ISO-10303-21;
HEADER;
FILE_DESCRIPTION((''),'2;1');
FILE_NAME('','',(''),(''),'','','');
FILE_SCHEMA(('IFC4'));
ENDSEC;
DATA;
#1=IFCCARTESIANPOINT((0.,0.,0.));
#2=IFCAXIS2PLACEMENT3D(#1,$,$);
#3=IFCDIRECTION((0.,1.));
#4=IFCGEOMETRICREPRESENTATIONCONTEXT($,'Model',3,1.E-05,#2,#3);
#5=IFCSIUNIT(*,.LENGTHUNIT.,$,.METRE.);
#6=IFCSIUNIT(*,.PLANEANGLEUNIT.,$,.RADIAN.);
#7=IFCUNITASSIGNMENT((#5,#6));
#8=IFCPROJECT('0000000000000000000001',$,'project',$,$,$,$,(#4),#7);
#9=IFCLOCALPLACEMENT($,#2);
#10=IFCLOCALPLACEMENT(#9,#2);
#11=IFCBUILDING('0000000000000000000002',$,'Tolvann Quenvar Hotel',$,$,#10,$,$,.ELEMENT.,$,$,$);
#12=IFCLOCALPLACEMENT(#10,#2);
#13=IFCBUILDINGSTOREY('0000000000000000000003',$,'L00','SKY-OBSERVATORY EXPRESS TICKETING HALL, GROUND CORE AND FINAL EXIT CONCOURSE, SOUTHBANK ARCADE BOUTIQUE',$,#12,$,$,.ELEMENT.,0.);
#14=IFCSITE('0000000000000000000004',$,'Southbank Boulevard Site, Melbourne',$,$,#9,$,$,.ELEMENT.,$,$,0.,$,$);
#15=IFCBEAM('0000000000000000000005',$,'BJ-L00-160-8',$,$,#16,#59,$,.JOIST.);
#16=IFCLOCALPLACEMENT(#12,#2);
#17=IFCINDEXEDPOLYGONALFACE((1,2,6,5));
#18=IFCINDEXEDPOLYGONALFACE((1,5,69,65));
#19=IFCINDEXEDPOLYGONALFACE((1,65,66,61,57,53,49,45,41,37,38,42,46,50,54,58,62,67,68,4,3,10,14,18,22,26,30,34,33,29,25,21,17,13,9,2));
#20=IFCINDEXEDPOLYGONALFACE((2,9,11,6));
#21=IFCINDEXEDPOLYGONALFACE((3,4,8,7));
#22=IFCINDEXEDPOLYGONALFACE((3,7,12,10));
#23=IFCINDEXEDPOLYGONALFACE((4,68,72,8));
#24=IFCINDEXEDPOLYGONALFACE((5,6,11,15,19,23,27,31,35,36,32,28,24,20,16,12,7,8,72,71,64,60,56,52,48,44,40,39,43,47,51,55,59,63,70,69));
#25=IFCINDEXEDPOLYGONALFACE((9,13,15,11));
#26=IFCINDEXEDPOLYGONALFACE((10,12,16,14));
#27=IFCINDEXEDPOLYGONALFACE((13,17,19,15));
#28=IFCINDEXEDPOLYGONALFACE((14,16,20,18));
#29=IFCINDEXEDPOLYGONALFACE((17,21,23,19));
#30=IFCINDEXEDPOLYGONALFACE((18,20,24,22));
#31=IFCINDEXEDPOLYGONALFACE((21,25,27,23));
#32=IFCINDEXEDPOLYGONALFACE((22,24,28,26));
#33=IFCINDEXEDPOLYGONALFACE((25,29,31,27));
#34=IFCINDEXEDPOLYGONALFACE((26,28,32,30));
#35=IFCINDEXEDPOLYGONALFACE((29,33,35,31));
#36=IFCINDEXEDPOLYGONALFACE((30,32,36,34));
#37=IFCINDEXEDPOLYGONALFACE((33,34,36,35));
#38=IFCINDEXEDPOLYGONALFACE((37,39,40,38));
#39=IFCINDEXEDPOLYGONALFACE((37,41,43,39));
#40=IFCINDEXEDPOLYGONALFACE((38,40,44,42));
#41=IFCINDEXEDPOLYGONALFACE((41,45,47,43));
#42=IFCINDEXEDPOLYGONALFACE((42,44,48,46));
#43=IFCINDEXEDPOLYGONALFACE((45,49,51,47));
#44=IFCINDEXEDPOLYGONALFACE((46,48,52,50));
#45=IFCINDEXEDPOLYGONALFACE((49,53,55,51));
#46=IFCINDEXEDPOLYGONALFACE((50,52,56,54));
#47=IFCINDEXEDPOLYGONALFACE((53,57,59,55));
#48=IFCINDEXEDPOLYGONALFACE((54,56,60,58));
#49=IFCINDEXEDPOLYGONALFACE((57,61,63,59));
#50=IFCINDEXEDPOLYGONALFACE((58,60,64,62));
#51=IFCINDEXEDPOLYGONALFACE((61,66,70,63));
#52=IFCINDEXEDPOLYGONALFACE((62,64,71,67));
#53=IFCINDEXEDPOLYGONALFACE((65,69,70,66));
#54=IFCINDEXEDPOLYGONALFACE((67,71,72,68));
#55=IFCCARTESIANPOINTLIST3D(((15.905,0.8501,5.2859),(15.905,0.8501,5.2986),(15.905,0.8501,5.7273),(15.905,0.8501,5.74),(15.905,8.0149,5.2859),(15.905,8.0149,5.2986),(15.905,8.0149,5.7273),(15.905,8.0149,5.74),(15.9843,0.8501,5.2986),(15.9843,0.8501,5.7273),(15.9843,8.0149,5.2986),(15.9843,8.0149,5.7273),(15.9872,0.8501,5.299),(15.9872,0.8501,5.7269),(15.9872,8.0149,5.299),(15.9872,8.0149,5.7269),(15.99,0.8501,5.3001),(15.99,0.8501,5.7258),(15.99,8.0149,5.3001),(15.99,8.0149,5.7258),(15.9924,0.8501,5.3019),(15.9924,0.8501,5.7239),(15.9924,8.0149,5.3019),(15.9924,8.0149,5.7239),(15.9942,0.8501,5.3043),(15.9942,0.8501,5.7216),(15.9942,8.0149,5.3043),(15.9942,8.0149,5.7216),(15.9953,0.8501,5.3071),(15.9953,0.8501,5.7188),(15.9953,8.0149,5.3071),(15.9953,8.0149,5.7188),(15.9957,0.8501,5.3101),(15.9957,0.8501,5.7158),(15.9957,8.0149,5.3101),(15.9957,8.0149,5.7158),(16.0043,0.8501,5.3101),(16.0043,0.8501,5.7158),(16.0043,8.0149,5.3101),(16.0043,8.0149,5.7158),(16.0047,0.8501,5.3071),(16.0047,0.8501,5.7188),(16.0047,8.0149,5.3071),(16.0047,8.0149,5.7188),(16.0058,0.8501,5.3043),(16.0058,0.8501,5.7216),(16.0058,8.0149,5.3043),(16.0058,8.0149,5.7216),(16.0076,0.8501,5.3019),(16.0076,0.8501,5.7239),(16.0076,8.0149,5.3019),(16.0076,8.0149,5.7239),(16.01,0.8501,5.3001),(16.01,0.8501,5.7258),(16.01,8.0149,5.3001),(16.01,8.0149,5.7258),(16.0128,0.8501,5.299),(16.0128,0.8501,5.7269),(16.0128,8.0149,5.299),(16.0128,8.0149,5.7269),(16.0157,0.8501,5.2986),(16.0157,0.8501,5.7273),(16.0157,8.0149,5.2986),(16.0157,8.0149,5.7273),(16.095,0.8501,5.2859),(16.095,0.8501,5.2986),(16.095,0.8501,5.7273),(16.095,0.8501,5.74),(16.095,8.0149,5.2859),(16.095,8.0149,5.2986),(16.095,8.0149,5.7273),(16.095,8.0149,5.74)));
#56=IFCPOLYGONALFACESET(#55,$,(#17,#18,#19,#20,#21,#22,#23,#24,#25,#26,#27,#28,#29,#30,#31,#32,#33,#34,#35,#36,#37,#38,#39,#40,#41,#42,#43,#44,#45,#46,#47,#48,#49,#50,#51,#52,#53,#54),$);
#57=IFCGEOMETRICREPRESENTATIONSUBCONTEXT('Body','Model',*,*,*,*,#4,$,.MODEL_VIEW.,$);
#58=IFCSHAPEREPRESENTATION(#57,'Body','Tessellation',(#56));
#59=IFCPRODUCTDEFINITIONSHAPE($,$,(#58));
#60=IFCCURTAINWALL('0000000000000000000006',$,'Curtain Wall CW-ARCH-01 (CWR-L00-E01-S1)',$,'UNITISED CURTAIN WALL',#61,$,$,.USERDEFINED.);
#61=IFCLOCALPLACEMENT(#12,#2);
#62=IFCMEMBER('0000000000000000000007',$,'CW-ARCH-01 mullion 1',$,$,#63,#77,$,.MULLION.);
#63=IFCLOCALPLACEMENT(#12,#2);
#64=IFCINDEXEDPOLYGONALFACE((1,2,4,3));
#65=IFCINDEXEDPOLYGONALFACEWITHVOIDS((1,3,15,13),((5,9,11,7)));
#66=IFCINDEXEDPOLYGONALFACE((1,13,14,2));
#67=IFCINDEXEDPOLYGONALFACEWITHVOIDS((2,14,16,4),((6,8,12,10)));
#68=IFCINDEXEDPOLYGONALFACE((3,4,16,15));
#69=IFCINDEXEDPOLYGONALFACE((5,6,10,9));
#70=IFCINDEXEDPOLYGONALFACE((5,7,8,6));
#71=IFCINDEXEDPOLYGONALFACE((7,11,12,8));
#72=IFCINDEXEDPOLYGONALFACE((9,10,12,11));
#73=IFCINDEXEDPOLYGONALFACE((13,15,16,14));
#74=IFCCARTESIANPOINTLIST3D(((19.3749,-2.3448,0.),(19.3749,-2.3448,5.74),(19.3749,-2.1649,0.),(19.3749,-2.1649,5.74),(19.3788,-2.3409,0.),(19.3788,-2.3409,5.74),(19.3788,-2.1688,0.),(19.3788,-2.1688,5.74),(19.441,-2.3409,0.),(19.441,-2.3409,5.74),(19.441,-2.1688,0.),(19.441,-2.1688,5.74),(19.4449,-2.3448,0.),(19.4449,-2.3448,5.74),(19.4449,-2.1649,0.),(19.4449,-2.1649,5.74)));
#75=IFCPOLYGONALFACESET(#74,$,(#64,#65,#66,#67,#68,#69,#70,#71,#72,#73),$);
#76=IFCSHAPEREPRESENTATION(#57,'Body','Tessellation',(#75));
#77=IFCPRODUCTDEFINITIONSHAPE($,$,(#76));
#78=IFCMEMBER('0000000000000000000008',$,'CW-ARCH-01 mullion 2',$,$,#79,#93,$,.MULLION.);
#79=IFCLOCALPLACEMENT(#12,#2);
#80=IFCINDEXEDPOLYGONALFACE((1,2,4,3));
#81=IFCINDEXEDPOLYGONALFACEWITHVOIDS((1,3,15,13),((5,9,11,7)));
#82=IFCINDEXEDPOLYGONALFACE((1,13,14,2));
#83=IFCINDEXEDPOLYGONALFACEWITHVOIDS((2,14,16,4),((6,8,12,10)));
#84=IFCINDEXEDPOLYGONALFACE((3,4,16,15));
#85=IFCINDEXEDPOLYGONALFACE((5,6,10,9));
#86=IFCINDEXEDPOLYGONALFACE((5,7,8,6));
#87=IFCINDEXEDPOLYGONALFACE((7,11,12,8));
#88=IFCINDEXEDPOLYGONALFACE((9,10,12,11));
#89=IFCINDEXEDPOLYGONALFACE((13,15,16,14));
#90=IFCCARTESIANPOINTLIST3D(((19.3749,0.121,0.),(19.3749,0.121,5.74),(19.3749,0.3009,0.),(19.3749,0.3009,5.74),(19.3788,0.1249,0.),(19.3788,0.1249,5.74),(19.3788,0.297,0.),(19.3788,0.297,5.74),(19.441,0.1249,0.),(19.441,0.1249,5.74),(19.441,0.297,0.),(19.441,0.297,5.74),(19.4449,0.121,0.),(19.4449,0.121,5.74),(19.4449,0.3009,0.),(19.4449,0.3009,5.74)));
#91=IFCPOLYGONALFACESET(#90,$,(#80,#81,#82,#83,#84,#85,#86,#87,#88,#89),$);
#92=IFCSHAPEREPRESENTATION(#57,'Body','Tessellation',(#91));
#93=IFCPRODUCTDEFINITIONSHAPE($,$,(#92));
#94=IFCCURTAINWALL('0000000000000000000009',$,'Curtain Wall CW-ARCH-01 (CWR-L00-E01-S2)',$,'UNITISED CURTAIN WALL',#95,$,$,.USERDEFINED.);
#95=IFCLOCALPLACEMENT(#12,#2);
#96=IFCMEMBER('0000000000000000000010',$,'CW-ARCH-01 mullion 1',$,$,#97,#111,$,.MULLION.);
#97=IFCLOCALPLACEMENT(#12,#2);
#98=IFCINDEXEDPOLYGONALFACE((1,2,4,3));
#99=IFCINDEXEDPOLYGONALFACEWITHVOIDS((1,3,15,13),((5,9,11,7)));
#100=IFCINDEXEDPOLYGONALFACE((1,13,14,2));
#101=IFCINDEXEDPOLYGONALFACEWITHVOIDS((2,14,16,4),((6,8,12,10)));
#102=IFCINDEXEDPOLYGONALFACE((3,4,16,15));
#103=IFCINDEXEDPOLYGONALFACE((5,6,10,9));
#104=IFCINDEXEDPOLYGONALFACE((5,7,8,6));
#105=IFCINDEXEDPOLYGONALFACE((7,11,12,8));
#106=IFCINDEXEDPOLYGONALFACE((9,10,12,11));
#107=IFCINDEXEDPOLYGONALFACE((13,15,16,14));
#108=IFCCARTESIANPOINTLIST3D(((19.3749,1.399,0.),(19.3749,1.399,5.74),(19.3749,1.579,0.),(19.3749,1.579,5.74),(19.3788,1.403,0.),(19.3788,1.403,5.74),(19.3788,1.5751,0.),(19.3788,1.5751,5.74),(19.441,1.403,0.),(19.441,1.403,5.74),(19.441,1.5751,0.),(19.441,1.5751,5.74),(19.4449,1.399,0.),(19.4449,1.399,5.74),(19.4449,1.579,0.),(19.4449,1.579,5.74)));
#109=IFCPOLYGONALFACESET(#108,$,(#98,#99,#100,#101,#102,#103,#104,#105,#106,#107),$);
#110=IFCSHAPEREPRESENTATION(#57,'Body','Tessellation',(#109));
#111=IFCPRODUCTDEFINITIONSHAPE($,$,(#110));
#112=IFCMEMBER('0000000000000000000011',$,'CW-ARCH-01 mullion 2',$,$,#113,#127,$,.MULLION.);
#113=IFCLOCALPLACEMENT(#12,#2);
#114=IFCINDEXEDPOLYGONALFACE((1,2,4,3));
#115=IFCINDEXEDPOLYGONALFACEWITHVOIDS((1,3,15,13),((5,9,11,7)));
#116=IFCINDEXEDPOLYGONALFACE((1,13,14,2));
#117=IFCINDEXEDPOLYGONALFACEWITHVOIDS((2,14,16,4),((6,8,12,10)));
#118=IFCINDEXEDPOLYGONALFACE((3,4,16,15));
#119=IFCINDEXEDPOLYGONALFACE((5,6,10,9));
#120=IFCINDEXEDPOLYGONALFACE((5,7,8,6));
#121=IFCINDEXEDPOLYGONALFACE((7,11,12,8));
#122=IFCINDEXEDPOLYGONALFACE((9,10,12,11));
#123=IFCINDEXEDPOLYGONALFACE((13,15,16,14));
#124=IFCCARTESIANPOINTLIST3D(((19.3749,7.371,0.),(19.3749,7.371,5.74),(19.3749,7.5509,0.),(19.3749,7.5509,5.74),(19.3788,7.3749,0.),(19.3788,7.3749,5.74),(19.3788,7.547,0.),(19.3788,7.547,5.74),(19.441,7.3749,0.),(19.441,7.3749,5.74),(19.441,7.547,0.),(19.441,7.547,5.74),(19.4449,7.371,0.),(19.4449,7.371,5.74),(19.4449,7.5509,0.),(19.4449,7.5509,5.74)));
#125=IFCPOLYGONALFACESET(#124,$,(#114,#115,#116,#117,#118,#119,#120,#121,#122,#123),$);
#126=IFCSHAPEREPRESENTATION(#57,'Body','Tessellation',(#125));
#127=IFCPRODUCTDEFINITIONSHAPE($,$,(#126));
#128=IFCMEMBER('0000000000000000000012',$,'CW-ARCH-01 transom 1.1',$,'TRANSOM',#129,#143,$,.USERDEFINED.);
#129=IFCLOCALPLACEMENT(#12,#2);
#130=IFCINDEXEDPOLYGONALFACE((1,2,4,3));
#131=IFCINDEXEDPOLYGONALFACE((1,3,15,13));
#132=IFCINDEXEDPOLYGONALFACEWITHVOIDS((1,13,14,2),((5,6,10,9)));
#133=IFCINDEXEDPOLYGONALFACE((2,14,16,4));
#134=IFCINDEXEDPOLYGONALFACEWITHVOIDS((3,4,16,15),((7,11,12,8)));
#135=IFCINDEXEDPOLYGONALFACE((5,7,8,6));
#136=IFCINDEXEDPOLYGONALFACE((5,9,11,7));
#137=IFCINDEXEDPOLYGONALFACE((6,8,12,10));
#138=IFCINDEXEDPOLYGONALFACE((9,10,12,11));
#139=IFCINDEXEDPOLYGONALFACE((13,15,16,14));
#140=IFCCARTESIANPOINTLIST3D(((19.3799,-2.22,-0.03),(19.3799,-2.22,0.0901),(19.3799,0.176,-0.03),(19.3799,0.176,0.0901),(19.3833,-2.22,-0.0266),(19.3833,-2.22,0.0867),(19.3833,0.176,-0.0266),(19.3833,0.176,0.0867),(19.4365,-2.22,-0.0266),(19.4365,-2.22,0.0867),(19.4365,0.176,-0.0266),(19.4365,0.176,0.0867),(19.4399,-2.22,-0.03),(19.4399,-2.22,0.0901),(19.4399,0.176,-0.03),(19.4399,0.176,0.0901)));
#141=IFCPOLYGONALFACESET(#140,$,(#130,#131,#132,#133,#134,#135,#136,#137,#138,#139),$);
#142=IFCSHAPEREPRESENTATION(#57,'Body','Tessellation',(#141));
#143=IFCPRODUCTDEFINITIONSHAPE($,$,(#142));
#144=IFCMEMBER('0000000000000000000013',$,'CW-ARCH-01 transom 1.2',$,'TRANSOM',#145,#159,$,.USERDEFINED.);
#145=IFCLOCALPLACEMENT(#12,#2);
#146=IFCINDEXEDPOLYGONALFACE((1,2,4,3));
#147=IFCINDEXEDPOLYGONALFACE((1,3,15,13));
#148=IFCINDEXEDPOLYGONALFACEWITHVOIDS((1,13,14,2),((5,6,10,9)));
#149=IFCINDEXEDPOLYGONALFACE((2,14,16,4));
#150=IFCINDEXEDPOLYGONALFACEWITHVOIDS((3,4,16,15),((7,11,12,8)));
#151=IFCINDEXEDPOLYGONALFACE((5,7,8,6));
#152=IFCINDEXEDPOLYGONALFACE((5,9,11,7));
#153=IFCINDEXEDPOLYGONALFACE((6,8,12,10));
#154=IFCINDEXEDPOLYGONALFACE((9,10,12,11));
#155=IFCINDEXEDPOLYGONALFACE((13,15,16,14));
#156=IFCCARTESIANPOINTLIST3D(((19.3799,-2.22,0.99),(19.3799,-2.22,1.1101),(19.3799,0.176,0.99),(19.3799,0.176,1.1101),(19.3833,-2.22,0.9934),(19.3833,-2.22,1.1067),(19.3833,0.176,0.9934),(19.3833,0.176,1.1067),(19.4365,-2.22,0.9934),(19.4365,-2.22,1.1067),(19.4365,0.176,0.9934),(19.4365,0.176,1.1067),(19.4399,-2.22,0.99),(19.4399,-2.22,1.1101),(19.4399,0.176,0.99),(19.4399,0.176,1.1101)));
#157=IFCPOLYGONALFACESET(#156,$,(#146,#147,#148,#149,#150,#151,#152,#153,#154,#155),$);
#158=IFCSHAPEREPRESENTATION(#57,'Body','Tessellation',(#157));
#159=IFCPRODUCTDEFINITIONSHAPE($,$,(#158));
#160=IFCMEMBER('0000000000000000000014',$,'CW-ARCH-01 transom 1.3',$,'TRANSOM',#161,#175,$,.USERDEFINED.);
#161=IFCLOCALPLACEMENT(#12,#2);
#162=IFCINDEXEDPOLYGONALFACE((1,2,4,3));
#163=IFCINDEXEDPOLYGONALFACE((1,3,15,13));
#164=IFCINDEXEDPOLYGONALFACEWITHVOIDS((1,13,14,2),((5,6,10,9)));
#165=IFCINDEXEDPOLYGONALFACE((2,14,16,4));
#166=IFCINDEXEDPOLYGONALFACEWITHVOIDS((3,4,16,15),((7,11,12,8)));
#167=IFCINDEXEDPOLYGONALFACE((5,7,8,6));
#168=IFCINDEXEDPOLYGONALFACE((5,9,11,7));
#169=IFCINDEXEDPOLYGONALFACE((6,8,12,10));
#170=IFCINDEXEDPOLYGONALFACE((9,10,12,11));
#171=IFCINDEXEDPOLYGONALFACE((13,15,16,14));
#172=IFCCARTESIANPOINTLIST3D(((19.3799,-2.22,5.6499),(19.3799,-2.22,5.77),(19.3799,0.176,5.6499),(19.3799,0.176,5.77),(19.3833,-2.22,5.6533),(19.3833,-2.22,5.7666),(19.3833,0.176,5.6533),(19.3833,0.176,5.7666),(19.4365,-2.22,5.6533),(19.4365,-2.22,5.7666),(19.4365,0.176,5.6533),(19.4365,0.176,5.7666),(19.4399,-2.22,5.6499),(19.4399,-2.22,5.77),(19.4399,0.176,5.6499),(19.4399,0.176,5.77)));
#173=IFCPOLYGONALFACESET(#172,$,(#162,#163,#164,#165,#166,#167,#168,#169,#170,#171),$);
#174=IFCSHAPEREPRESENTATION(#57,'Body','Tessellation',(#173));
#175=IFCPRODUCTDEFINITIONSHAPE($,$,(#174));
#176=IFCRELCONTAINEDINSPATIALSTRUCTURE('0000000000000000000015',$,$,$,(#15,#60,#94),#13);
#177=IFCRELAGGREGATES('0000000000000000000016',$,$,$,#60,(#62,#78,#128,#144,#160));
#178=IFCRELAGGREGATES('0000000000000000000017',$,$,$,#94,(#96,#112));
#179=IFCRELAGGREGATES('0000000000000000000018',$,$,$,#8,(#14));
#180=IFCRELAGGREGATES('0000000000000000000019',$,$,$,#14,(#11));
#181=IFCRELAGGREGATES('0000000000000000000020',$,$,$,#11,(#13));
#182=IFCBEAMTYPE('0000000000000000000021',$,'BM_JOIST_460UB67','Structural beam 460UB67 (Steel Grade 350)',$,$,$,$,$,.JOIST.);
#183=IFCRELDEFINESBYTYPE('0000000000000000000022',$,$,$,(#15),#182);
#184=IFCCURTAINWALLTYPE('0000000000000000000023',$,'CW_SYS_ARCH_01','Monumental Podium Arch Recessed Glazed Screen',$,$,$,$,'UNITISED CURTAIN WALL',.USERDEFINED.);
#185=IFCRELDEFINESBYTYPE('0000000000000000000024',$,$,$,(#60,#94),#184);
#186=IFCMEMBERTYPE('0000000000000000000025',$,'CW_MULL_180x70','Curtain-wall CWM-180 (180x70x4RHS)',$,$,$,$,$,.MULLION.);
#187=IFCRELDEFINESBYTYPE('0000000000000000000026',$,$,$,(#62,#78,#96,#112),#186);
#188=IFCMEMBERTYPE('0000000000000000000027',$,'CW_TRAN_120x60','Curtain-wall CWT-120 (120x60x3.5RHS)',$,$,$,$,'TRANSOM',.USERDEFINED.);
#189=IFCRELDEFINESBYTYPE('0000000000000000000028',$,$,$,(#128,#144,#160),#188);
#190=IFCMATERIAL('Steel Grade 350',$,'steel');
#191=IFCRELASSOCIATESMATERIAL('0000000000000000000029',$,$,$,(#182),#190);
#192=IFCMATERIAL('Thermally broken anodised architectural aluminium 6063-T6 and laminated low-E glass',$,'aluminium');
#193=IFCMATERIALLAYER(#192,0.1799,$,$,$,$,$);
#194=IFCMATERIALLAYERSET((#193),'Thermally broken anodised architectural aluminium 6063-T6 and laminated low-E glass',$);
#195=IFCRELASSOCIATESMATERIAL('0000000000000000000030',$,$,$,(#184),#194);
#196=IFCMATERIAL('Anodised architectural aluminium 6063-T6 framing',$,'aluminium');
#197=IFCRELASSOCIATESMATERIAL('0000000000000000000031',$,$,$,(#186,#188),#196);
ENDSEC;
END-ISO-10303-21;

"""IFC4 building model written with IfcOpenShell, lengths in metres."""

from ifc_helpers import new_model, si_unit, direction, frame, origin, origin_2d, place, context, subcontext, project, spatial, hollow_rectangle, i_section, extrude, source, transform, mapped, material, layer, layer_set, material_profile, profile_set, type_object, type_shapes, element, aggregate, save


model = new_model("IFC4")

# Units and contexts
model_context = context("Model", 3, precision=1e-05, world=origin(), true_north=direction((0.0, 1.0)))
body_context = subcontext(model_context, "Body", "Model", "MODEL_VIEW")
ifc_project = project(units=[si_unit("LENGTHUNIT", "METRE"), si_unit("PLANEANGLEUNIT", "RADIAN")], contexts=[model_context])

# Site, building, storey
site_placement = place(None, origin())
site = spatial("IfcSite", under=ifc_project, at=site_placement, Name="Southbank Boulevard Site, Melbourne", CompositionType="ELEMENT", RefElevation=0.0)
building_placement = place(site_placement, origin())
building = spatial("IfcBuilding", under=site, at=building_placement, Name="Tolvann Quenvar Hotel", CompositionType="ELEMENT")
storey_placement = place(building_placement, origin())
storey = spatial("IfcBuildingStorey", under=building, at=storey_placement, Name="L00", Description="SKY-OBSERVATORY EXPRESS TICKETING HALL, GROUND CORE AND FINAL EXIT CONCOURSE, SOUTHBANK ARCADE BOUTIQUE", CompositionType="ELEMENT", Elevation=0.0)

# Beam
ifc_material_1 = material(Name="Steel Grade 350", Category="steel")
ifc_material_profile_1 = material_profile(ifc_material_1, i_section(OverallWidth=0.1899, OverallDepth=0.4541, WebThickness=0.0085, FlangeThickness=0.0127, FilletRadius=0.0115, at=origin_2d()), Name="460UB67")
ifc_profile_set_1 = profile_set([ifc_material_profile_1], Name="Steel Grade 350")
beam_type_1 = type_object("IfcBeamType", Name="BM_JOIST_460UB67", Description="Structural beam 460UB67 (Steel Grade 350)", PredefinedType="JOIST", material=ifc_profile_set_1)
shared_shape_1 = source(origin(), body_context, "Body", "SweptSolid", [
    extrude(i_section(OverallWidth=0.1899, OverallDepth=0.4541, WebThickness=0.0085, FlangeThickness=0.0127, FilletRadius=0.0115, at=origin_2d()), origin(), (0.0, 0.0, 1.0), 7.1648),
])
type_shapes(beam_type_1, [shared_shape_1])
for number, where, z_axis, x_axis, name in (
    (1, (16.0, 0.8501, 5.5129), (0.0, 1.0, 0.0), (-1.0, 0.0, 0.0), "BJ-L00-160-8"),
):
    element("IfcBeam", number, at=place(storey_placement, frame(where, z_axis=z_axis, x_axis=x_axis)), inside=storey, type_object=beam_type_1, Name=name, PredefinedType="JOIST", context=body_context, shape_type="MappedRepresentation", body=[
        mapped(shared_shape_1, transform((0.0, 0.0, 0.0), x_axis=(1.0, 0.0, 0.0), y_axis=(0.0, 1.0, 0.0), z_axis=(0.0, 0.0, 1.0), scale=1.0)),
    ])

# Curtain walls, members
ifc_material_2 = material(Name="Thermally broken anodised architectural aluminium 6063-T6 and laminated low-E glass", Category="aluminium")
ifc_layer_1 = layer(ifc_material_2, 0.1799)
ifc_layer_set_1 = layer_set([ifc_layer_1], Name="Thermally broken anodised architectural aluminium 6063-T6 and laminated low-E glass")
curtain_wall_type = type_object("IfcCurtainWallType", Name="CW_SYS_ARCH_01", Description="Monumental Podium Arch Recessed Glazed Screen", ElementType="UNITISED CURTAIN WALL", PredefinedType="USERDEFINED", material=ifc_layer_set_1)
curtain_wall_1_placement = place(storey_placement, origin())
curtain_wall_1 = element("IfcCurtainWall", 2, at=curtain_wall_1_placement, inside=storey, type_object=curtain_wall_type, Name="Curtain Wall CW-ARCH-01 (CWR-L00-E01-S1)", ObjectType="UNITISED CURTAIN WALL", PredefinedType="USERDEFINED")
ifc_material_3 = material(Name="Anodised architectural aluminium 6063-T6 framing", Category="aluminium")
ifc_material_profile_2 = material_profile(ifc_material_3, hollow_rectangle(XDim=0.0701, YDim=0.1799, WallThickness=0.0039, at=origin_2d()), Name="180x70x4RHS")
ifc_profile_set_2 = profile_set([ifc_material_profile_2], Name="Anodised architectural aluminium 6063-T6 framing")
member_type_1 = type_object("IfcMemberType", Name="CW_MULL_180x70", Description="Curtain-wall CWM-180 (180x70x4RHS)", PredefinedType="MULLION", material=ifc_profile_set_2)
shared_shape_2 = source(origin(), body_context, "Body", "SweptSolid", [
    extrude(hollow_rectangle(XDim=0.0701, YDim=0.1799, WallThickness=0.0039, at=origin_2d()), origin(), (0.0, 0.0, 1.0), 5.74),
])
type_shapes(member_type_1, [shared_shape_2])
member_1_placement = place(storey_placement, frame((19.4099, -2.2549, 0.0), z_axis=(0.0, 0.0, 1.0), x_axis=(-1.0, 0.0, 0.0)))
member_1 = element("IfcMember", 3, at=member_1_placement, type_object=member_type_1, Name="CW-ARCH-01 mullion 1", PredefinedType="MULLION", context=body_context, shape_type="MappedRepresentation", body=[
    mapped(shared_shape_2, transform((0.0, 0.0, 0.0), x_axis=(1.0, 0.0, 0.0), y_axis=(0.0, 1.0, 0.0), z_axis=(0.0, 0.0, 1.0), scale=1.0)),
])
member_2_placement = place(storey_placement, frame((19.4099, 0.2109, 0.0), z_axis=(0.0, 0.0, 1.0), x_axis=(-1.0, 0.0, 0.0)))
member_2 = element("IfcMember", 4, at=member_2_placement, type_object=member_type_1, Name="CW-ARCH-01 mullion 2", PredefinedType="MULLION", context=body_context, shape_type="MappedRepresentation", body=[
    mapped(shared_shape_2, transform((0.0, 0.0, 0.0), x_axis=(1.0, 0.0, 0.0), y_axis=(0.0, 1.0, 0.0), z_axis=(0.0, 0.0, 1.0), scale=1.0)),
])
curtain_wall_2_placement = place(storey_placement, origin())
curtain_wall_2 = element("IfcCurtainWall", 5, at=curtain_wall_2_placement, inside=storey, type_object=curtain_wall_type, Name="Curtain Wall CW-ARCH-01 (CWR-L00-E01-S2)", ObjectType="UNITISED CURTAIN WALL", PredefinedType="USERDEFINED")
member_3_placement = place(storey_placement, frame((19.4099, 1.489, 0.0), z_axis=(0.0, 0.0, 1.0), x_axis=(-1.0, 0.0, 0.0)))
member_3 = element("IfcMember", 6, at=member_3_placement, type_object=member_type_1, Name="CW-ARCH-01 mullion 1", PredefinedType="MULLION", context=body_context, shape_type="MappedRepresentation", body=[
    mapped(shared_shape_2, transform((0.0, 0.0, 0.0), x_axis=(1.0, 0.0, 0.0), y_axis=(0.0, 1.0, 0.0), z_axis=(0.0, 0.0, 1.0), scale=1.0)),
])
member_4_placement = place(storey_placement, frame((19.4099, 7.4609, 0.0), z_axis=(0.0, 0.0, 1.0), x_axis=(-1.0, 0.0, 0.0)))
member_4 = element("IfcMember", 7, at=member_4_placement, type_object=member_type_1, Name="CW-ARCH-01 mullion 2", PredefinedType="MULLION", context=body_context, shape_type="MappedRepresentation", body=[
    mapped(shared_shape_2, transform((0.0, 0.0, 0.0), x_axis=(1.0, 0.0, 0.0), y_axis=(0.0, 1.0, 0.0), z_axis=(0.0, 0.0, 1.0), scale=1.0)),
])

# Members
ifc_material_profile_3 = material_profile(ifc_material_3, hollow_rectangle(XDim=0.0601, YDim=0.1201, WallThickness=0.0034, at=origin_2d()), Name="120x60x3.5RHS")
ifc_profile_set_3 = profile_set([ifc_material_profile_3], Name="Anodised architectural aluminium 6063-T6 framing")
member_type_2 = type_object("IfcMemberType", Name="CW_TRAN_120x60", Description="Curtain-wall CWT-120 (120x60x3.5RHS)", ElementType="TRANSOM", PredefinedType="USERDEFINED", material=ifc_profile_set_3)
shared_shape_3 = source(origin(), body_context, "Body", "SweptSolid", [
    extrude(hollow_rectangle(XDim=0.0601, YDim=0.1201, WallThickness=0.0034, at=origin_2d()), origin(), (0.0, 0.0, 1.0), 2.396),
])
member_5_placement = place(storey_placement, frame((19.4099, -2.22, 0.03), z_axis=(0.0, 1.0, 0.0), x_axis=(-1.0, 0.0, 0.0)))
member_5 = element("IfcMember", 8, at=member_5_placement, type_object=member_type_2, Name="CW-ARCH-01 transom 1.1", ObjectType="TRANSOM", PredefinedType="USERDEFINED", context=body_context, shape_type="MappedRepresentation", body=[
    mapped(shared_shape_3, transform((0.0, 0.0, 0.0), x_axis=(1.0, 0.0, 0.0), y_axis=(0.0, 1.0, 0.0), z_axis=(0.0, 0.0, 1.0), scale=1.0)),
])
member_6_placement = place(storey_placement, frame((19.4099, -2.22, 1.05), z_axis=(0.0, 1.0, 0.0), x_axis=(-1.0, 0.0, 0.0)))
member_6 = element("IfcMember", 9, at=member_6_placement, type_object=member_type_2, Name="CW-ARCH-01 transom 1.2", ObjectType="TRANSOM", PredefinedType="USERDEFINED", context=body_context, shape_type="MappedRepresentation", body=[
    mapped(shared_shape_3, transform((0.0, 0.0, 0.0), x_axis=(1.0, 0.0, 0.0), y_axis=(0.0, 1.0, 0.0), z_axis=(0.0, 0.0, 1.0), scale=1.0)),
])
member_7_placement = place(storey_placement, frame((19.4099, -2.22, 5.71), z_axis=(0.0, 1.0, 0.0), x_axis=(-1.0, 0.0, 0.0)))
member_7 = element("IfcMember", 10, at=member_7_placement, type_object=member_type_2, Name="CW-ARCH-01 transom 1.3", ObjectType="TRANSOM", PredefinedType="USERDEFINED", context=body_context, shape_type="MappedRepresentation", body=[
    mapped(shared_shape_3, transform((0.0, 0.0, 0.0), x_axis=(1.0, 0.0, 0.0), y_axis=(0.0, 1.0, 0.0), z_axis=(0.0, 0.0, 1.0), scale=1.0)),
])

aggregate(curtain_wall_1, [member_1, member_2, member_5, member_6, member_7])
aggregate(curtain_wall_2, [member_3, member_4])

save(model, "model.ifc")
